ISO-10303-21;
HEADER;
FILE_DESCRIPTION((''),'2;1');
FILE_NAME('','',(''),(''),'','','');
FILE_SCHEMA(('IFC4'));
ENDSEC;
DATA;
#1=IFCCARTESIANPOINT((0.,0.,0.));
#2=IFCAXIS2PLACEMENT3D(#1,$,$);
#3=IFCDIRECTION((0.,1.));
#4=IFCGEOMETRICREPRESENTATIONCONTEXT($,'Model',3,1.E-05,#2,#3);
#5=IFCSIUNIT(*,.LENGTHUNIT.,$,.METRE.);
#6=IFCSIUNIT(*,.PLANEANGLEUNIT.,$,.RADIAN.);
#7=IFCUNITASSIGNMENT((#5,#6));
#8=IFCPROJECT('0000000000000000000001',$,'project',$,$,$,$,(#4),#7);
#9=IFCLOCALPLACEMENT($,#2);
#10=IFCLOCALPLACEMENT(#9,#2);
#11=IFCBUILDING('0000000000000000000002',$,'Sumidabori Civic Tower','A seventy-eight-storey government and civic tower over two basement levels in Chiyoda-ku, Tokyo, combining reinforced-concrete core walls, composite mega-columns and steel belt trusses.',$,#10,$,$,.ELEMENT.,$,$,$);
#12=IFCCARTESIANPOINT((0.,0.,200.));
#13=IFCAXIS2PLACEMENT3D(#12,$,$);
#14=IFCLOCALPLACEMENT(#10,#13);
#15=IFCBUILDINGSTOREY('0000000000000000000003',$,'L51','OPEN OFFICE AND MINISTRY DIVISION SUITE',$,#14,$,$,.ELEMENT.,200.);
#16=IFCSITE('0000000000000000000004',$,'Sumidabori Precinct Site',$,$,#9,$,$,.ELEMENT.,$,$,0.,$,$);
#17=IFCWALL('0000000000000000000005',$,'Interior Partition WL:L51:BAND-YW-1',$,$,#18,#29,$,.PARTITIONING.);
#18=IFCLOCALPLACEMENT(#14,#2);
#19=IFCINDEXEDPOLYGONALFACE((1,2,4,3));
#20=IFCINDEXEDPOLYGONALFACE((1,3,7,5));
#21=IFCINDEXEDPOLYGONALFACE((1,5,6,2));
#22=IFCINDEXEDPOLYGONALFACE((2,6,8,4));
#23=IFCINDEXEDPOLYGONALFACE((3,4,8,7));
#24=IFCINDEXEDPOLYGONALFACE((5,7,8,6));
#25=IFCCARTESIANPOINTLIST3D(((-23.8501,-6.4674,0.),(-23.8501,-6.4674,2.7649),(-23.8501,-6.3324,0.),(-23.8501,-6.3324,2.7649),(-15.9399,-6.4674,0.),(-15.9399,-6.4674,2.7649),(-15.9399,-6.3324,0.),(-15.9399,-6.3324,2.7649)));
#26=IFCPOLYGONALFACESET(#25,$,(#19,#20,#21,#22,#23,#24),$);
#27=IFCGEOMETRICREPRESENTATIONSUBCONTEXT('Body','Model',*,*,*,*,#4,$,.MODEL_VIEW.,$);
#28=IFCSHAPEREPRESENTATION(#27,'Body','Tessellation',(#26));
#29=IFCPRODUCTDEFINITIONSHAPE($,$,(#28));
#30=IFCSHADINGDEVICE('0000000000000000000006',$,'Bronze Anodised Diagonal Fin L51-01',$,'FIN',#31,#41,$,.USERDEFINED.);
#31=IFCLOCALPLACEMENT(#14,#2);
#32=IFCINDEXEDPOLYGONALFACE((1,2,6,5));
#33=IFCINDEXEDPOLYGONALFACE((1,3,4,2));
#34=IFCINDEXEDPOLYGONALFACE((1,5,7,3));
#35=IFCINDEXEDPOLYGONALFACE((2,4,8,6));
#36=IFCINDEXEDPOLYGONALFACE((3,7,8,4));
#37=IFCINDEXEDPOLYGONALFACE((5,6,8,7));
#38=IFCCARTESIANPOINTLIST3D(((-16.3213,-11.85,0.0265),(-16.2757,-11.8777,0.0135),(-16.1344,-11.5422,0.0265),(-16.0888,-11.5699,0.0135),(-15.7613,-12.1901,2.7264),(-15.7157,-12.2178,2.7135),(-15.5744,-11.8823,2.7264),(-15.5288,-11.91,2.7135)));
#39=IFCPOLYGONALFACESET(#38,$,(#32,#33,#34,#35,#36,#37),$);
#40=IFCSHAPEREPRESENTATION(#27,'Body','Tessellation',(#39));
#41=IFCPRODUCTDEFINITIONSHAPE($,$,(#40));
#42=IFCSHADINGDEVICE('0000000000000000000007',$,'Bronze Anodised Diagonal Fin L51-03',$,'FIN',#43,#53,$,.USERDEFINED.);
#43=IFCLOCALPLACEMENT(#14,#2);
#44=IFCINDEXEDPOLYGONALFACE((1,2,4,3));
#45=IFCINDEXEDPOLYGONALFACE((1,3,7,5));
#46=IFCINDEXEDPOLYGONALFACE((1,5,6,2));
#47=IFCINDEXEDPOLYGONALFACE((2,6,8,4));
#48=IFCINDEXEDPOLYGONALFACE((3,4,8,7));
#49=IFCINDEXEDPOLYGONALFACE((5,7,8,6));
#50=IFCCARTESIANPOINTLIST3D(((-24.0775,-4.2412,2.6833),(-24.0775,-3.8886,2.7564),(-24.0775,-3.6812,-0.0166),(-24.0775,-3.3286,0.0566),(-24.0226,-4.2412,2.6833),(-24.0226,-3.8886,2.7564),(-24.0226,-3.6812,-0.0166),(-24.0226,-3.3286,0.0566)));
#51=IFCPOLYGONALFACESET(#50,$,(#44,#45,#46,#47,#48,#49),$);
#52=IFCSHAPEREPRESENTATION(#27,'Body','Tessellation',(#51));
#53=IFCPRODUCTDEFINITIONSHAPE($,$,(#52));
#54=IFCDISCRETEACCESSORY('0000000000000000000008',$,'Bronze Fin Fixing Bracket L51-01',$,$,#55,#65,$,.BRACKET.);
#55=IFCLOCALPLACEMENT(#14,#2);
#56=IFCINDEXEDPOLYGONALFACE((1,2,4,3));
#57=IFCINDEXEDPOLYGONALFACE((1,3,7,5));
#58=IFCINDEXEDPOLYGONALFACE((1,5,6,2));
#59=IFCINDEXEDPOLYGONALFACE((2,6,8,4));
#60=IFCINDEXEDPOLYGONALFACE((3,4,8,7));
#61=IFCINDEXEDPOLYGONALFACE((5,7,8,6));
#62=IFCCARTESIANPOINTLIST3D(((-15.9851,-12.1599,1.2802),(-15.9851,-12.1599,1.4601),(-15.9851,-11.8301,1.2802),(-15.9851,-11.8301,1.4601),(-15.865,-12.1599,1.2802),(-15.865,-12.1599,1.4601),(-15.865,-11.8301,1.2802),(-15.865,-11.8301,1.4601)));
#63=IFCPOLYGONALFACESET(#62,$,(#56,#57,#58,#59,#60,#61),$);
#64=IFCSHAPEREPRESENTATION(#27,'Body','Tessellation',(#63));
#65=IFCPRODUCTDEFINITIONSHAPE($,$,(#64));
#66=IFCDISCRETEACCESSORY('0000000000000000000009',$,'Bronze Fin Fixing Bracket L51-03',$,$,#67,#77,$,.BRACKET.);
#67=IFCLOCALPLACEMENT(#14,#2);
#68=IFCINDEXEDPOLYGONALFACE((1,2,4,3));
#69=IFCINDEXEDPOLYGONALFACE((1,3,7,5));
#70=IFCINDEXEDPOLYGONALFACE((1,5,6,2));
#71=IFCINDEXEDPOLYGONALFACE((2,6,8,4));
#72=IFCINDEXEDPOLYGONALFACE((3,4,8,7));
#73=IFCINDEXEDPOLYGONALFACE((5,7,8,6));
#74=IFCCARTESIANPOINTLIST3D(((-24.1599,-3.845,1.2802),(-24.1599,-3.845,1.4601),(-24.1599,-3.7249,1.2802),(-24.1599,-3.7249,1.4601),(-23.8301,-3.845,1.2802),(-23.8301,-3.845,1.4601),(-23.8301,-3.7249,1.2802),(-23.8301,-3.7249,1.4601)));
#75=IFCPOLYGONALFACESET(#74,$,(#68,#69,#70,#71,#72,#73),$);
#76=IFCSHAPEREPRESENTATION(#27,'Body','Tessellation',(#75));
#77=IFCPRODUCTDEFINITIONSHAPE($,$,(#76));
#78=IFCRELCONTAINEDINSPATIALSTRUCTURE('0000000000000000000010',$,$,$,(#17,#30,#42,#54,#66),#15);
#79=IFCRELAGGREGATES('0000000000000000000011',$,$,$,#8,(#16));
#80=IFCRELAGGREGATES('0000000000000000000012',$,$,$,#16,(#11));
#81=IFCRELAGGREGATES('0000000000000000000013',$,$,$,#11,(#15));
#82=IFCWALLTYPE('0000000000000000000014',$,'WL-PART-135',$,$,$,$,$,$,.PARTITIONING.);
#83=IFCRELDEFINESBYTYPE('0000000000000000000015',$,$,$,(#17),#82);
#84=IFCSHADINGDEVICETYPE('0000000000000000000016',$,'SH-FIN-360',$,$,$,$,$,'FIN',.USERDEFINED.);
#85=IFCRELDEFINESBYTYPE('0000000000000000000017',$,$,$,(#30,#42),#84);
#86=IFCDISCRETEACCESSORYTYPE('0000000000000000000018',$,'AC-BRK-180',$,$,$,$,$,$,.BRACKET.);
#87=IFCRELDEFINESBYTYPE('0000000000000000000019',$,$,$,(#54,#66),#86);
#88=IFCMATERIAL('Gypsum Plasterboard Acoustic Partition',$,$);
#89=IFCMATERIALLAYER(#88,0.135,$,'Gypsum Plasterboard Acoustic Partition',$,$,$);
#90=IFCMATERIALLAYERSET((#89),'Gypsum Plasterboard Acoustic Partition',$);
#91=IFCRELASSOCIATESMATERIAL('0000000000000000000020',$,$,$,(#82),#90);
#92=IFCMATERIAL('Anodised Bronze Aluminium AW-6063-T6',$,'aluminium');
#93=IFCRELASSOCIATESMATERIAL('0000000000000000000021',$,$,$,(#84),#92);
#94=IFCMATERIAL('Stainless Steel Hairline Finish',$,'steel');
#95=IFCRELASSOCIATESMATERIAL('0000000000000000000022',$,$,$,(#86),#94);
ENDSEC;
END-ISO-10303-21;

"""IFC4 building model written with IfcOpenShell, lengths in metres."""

from ifc_helpers import new_model, si_unit, direction, frame, frame_2d, origin, origin_2d, place, context, subcontext, project, spatial, rectangle, extrude, source, transform, mapped, material, layer, layer_set, material_profile, profile_set, type_object, element, save


model = new_model("IFC4")

# Units and contexts
model_context = context("Model", 3, precision=1e-05, world=origin(), true_north=direction((0.0, 1.0)))
body_context = subcontext(model_context, "Body", "Model", "MODEL_VIEW")
ifc_project = project(units=[si_unit("LENGTHUNIT", "METRE"), si_unit("PLANEANGLEUNIT", "RADIAN")], contexts=[model_context])

# Site, building, storey
site_placement = place(None, origin())
site = spatial("IfcSite", under=ifc_project, at=site_placement, Name="Sumidabori Precinct Site", CompositionType="ELEMENT", RefElevation=0.0)
building_placement = place(site_placement, origin())
building = spatial("IfcBuilding", under=site, at=building_placement, Name="Sumidabori Civic Tower", Description="A seventy-eight-storey government and civic tower over two basement levels in Chiyoda-ku, Tokyo, combining reinforced-concrete core walls, composite mega-columns and steel belt trusses.", CompositionType="ELEMENT")
storey_placement = place(building_placement, frame((0.0, 0.0, 200.0)))
storey = spatial("IfcBuildingStorey", under=building, at=storey_placement, Name="L51", Description="OPEN OFFICE AND MINISTRY DIVISION SUITE", CompositionType="ELEMENT", Elevation=200.0)

# Shared definitions
ifc_material_1 = material(Name="Anodised Bronze Aluminium AW-6063-T6", Category="aluminium")

# Wall
ifc_material_2 = material(Name="Gypsum Plasterboard Acoustic Partition")
ifc_layer_1 = layer(ifc_material_2, 0.135, Name="Gypsum Plasterboard Acoustic Partition")
ifc_layer_set_1 = layer_set([ifc_layer_1], Name="Gypsum Plasterboard Acoustic Partition")
wall_type = type_object("IfcWallType", Name="WL-PART-135", PredefinedType="PARTITIONING", material=ifc_layer_set_1)
shared_shape_1 = source(origin(), body_context, "Body", "SweptSolid", [
    extrude(rectangle(XDim=7.9102, YDim=0.135, at=frame_2d((3.9551, 0.0))), origin(), (0.0, 0.0, 1.0), 2.7649),
])
wall_1_placement = place(storey_placement, frame((-23.8501, -6.3999, 0.0), z_axis=(0.0, 0.0, 1.0), x_axis=(1.0, 0.0, 0.0)))
element("IfcWall", 1, at=wall_1_placement, inside=storey, type_object=wall_type, Name="Interior Partition WL:L51:BAND-YW-1", PredefinedType="PARTITIONING", context=body_context, shape_type="MappedRepresentation", body=[
    mapped(shared_shape_1, transform((0.0, 0.0, 0.0), x_axis=(1.0, 0.0, 0.0), y_axis=(0.0, 1.0, 0.0), z_axis=(0.0, 0.0, 1.0), scale=1.0)),
])

# Shading devices
ifc_material_profile_1 = material_profile(ifc_material_1, rectangle(XDim=0.0549, YDim=0.3601, at=origin_2d()), Name="BRONZE FIN 360x55")
ifc_profile_set_1 = profile_set([ifc_material_profile_1], Name="Anodised Bronze Aluminium AW-6063-T6")
shading_device_type = type_object("IfcShadingDeviceType", Name="SH-FIN-360", ElementType="FIN", PredefinedType="USERDEFINED", material=ifc_profile_set_1)
shared_shape_2 = source(origin(), body_context, "Body", "SweptSolid", [
    extrude(rectangle(XDim=0.0549, YDim=0.3601, at=origin_2d()), origin(), (0.0, 0.0, 1.0), 2.7783),
])
shading_device_1_placement = place(storey_placement, frame((-16.2051, -11.71, 0.02), z_axis=(0.201582, -0.122408, 0.971793), x_axis=(0.830642, -0.504396, -0.235837)))
element("IfcShadingDevice", 2, at=shading_device_1_placement, inside=storey, type_object=shading_device_type, Name="Bronze Anodised Diagonal Fin L51-01", ObjectType="FIN", PredefinedType="USERDEFINED", context=body_context, shape_type="MappedRepresentation", body=[
    mapped(shared_shape_2, transform((0.0, 0.0, 0.0), x_axis=(1.0, 0.0, 0.0), y_axis=(0.0, 1.0, 0.0), z_axis=(0.0, 0.0, 1.0), scale=1.0)),
])
shared_shape_3 = source(origin(), body_context, "Body", "SweptSolid", [
    extrude(rectangle(XDim=0.0549, YDim=0.3601, at=origin_2d()), origin(), (0.0, 0.0, 1.0), 2.7573),
])
shading_device_2_placement = place(storey_placement, frame((-24.05, -3.5049, 0.02), z_axis=(0.0, -0.203109, 0.979156), x_axis=(-1.0, 0.0, 0.0)))
element("IfcShadingDevice", 3, at=shading_device_2_placement, inside=storey, type_object=shading_device_type, Name="Bronze Anodised Diagonal Fin L51-03", ObjectType="FIN", PredefinedType="USERDEFINED", context=body_context, shape_type="MappedRepresentation", body=[
    mapped(shared_shape_3, transform((0.0, 0.0, 0.0), x_axis=(1.0, 0.0, 0.0), y_axis=(0.0, 1.0, 0.0), z_axis=(0.0, 0.0, 1.0), scale=1.0)),
])

# Discrete accessories
ifc_material_3 = material(Name="Stainless Steel Hairline Finish", Category="steel")
ifc_material_profile_2 = material_profile(ifc_material_3, rectangle(XDim=0.1201, YDim=0.1799, at=origin_2d()), Name="STEEL BRACKET 180x120")
ifc_profile_set_2 = profile_set([ifc_material_profile_2], Name="Stainless Steel Hairline Finish")
discrete_accessory_type = type_object("IfcDiscreteAccessoryType", Name="AC-BRK-180", PredefinedType="BRACKET", material=ifc_profile_set_2)
shared_shape_4 = source(origin(), body_context, "Body", "SweptSolid", [
    extrude(rectangle(XDim=0.1201, YDim=0.1799, at=origin_2d()), origin(), (0.0, 0.0, 1.0), 0.3298),
])
for number, where, z_axis, x_axis, name in (
    (4, (-15.925, -11.8301, 1.3701), (0.0, -1.0, 0.0), (1.0, 0.0, 0.0), "Bronze Fin Fixing Bracket L51-01"),
    (5, (-23.8301, -3.7849, 1.3701), (-1.0, 0.0, 0.0), (0.0, -1.0, 0.0), "Bronze Fin Fixing Bracket L51-03"),
):
    element("IfcDiscreteAccessory", number, at=place(storey_placement, frame(where, z_axis=z_axis, x_axis=x_axis)), inside=storey, type_object=discrete_accessory_type, Name=name, PredefinedType="BRACKET", context=body_context, shape_type="MappedRepresentation", body=[
        mapped(shared_shape_4, transform((0.0, 0.0, 0.0), x_axis=(1.0, 0.0, 0.0), y_axis=(0.0, 1.0, 0.0), z_axis=(0.0, 0.0, 1.0), scale=1.0)),
    ])

save(model, "model.ifc")
